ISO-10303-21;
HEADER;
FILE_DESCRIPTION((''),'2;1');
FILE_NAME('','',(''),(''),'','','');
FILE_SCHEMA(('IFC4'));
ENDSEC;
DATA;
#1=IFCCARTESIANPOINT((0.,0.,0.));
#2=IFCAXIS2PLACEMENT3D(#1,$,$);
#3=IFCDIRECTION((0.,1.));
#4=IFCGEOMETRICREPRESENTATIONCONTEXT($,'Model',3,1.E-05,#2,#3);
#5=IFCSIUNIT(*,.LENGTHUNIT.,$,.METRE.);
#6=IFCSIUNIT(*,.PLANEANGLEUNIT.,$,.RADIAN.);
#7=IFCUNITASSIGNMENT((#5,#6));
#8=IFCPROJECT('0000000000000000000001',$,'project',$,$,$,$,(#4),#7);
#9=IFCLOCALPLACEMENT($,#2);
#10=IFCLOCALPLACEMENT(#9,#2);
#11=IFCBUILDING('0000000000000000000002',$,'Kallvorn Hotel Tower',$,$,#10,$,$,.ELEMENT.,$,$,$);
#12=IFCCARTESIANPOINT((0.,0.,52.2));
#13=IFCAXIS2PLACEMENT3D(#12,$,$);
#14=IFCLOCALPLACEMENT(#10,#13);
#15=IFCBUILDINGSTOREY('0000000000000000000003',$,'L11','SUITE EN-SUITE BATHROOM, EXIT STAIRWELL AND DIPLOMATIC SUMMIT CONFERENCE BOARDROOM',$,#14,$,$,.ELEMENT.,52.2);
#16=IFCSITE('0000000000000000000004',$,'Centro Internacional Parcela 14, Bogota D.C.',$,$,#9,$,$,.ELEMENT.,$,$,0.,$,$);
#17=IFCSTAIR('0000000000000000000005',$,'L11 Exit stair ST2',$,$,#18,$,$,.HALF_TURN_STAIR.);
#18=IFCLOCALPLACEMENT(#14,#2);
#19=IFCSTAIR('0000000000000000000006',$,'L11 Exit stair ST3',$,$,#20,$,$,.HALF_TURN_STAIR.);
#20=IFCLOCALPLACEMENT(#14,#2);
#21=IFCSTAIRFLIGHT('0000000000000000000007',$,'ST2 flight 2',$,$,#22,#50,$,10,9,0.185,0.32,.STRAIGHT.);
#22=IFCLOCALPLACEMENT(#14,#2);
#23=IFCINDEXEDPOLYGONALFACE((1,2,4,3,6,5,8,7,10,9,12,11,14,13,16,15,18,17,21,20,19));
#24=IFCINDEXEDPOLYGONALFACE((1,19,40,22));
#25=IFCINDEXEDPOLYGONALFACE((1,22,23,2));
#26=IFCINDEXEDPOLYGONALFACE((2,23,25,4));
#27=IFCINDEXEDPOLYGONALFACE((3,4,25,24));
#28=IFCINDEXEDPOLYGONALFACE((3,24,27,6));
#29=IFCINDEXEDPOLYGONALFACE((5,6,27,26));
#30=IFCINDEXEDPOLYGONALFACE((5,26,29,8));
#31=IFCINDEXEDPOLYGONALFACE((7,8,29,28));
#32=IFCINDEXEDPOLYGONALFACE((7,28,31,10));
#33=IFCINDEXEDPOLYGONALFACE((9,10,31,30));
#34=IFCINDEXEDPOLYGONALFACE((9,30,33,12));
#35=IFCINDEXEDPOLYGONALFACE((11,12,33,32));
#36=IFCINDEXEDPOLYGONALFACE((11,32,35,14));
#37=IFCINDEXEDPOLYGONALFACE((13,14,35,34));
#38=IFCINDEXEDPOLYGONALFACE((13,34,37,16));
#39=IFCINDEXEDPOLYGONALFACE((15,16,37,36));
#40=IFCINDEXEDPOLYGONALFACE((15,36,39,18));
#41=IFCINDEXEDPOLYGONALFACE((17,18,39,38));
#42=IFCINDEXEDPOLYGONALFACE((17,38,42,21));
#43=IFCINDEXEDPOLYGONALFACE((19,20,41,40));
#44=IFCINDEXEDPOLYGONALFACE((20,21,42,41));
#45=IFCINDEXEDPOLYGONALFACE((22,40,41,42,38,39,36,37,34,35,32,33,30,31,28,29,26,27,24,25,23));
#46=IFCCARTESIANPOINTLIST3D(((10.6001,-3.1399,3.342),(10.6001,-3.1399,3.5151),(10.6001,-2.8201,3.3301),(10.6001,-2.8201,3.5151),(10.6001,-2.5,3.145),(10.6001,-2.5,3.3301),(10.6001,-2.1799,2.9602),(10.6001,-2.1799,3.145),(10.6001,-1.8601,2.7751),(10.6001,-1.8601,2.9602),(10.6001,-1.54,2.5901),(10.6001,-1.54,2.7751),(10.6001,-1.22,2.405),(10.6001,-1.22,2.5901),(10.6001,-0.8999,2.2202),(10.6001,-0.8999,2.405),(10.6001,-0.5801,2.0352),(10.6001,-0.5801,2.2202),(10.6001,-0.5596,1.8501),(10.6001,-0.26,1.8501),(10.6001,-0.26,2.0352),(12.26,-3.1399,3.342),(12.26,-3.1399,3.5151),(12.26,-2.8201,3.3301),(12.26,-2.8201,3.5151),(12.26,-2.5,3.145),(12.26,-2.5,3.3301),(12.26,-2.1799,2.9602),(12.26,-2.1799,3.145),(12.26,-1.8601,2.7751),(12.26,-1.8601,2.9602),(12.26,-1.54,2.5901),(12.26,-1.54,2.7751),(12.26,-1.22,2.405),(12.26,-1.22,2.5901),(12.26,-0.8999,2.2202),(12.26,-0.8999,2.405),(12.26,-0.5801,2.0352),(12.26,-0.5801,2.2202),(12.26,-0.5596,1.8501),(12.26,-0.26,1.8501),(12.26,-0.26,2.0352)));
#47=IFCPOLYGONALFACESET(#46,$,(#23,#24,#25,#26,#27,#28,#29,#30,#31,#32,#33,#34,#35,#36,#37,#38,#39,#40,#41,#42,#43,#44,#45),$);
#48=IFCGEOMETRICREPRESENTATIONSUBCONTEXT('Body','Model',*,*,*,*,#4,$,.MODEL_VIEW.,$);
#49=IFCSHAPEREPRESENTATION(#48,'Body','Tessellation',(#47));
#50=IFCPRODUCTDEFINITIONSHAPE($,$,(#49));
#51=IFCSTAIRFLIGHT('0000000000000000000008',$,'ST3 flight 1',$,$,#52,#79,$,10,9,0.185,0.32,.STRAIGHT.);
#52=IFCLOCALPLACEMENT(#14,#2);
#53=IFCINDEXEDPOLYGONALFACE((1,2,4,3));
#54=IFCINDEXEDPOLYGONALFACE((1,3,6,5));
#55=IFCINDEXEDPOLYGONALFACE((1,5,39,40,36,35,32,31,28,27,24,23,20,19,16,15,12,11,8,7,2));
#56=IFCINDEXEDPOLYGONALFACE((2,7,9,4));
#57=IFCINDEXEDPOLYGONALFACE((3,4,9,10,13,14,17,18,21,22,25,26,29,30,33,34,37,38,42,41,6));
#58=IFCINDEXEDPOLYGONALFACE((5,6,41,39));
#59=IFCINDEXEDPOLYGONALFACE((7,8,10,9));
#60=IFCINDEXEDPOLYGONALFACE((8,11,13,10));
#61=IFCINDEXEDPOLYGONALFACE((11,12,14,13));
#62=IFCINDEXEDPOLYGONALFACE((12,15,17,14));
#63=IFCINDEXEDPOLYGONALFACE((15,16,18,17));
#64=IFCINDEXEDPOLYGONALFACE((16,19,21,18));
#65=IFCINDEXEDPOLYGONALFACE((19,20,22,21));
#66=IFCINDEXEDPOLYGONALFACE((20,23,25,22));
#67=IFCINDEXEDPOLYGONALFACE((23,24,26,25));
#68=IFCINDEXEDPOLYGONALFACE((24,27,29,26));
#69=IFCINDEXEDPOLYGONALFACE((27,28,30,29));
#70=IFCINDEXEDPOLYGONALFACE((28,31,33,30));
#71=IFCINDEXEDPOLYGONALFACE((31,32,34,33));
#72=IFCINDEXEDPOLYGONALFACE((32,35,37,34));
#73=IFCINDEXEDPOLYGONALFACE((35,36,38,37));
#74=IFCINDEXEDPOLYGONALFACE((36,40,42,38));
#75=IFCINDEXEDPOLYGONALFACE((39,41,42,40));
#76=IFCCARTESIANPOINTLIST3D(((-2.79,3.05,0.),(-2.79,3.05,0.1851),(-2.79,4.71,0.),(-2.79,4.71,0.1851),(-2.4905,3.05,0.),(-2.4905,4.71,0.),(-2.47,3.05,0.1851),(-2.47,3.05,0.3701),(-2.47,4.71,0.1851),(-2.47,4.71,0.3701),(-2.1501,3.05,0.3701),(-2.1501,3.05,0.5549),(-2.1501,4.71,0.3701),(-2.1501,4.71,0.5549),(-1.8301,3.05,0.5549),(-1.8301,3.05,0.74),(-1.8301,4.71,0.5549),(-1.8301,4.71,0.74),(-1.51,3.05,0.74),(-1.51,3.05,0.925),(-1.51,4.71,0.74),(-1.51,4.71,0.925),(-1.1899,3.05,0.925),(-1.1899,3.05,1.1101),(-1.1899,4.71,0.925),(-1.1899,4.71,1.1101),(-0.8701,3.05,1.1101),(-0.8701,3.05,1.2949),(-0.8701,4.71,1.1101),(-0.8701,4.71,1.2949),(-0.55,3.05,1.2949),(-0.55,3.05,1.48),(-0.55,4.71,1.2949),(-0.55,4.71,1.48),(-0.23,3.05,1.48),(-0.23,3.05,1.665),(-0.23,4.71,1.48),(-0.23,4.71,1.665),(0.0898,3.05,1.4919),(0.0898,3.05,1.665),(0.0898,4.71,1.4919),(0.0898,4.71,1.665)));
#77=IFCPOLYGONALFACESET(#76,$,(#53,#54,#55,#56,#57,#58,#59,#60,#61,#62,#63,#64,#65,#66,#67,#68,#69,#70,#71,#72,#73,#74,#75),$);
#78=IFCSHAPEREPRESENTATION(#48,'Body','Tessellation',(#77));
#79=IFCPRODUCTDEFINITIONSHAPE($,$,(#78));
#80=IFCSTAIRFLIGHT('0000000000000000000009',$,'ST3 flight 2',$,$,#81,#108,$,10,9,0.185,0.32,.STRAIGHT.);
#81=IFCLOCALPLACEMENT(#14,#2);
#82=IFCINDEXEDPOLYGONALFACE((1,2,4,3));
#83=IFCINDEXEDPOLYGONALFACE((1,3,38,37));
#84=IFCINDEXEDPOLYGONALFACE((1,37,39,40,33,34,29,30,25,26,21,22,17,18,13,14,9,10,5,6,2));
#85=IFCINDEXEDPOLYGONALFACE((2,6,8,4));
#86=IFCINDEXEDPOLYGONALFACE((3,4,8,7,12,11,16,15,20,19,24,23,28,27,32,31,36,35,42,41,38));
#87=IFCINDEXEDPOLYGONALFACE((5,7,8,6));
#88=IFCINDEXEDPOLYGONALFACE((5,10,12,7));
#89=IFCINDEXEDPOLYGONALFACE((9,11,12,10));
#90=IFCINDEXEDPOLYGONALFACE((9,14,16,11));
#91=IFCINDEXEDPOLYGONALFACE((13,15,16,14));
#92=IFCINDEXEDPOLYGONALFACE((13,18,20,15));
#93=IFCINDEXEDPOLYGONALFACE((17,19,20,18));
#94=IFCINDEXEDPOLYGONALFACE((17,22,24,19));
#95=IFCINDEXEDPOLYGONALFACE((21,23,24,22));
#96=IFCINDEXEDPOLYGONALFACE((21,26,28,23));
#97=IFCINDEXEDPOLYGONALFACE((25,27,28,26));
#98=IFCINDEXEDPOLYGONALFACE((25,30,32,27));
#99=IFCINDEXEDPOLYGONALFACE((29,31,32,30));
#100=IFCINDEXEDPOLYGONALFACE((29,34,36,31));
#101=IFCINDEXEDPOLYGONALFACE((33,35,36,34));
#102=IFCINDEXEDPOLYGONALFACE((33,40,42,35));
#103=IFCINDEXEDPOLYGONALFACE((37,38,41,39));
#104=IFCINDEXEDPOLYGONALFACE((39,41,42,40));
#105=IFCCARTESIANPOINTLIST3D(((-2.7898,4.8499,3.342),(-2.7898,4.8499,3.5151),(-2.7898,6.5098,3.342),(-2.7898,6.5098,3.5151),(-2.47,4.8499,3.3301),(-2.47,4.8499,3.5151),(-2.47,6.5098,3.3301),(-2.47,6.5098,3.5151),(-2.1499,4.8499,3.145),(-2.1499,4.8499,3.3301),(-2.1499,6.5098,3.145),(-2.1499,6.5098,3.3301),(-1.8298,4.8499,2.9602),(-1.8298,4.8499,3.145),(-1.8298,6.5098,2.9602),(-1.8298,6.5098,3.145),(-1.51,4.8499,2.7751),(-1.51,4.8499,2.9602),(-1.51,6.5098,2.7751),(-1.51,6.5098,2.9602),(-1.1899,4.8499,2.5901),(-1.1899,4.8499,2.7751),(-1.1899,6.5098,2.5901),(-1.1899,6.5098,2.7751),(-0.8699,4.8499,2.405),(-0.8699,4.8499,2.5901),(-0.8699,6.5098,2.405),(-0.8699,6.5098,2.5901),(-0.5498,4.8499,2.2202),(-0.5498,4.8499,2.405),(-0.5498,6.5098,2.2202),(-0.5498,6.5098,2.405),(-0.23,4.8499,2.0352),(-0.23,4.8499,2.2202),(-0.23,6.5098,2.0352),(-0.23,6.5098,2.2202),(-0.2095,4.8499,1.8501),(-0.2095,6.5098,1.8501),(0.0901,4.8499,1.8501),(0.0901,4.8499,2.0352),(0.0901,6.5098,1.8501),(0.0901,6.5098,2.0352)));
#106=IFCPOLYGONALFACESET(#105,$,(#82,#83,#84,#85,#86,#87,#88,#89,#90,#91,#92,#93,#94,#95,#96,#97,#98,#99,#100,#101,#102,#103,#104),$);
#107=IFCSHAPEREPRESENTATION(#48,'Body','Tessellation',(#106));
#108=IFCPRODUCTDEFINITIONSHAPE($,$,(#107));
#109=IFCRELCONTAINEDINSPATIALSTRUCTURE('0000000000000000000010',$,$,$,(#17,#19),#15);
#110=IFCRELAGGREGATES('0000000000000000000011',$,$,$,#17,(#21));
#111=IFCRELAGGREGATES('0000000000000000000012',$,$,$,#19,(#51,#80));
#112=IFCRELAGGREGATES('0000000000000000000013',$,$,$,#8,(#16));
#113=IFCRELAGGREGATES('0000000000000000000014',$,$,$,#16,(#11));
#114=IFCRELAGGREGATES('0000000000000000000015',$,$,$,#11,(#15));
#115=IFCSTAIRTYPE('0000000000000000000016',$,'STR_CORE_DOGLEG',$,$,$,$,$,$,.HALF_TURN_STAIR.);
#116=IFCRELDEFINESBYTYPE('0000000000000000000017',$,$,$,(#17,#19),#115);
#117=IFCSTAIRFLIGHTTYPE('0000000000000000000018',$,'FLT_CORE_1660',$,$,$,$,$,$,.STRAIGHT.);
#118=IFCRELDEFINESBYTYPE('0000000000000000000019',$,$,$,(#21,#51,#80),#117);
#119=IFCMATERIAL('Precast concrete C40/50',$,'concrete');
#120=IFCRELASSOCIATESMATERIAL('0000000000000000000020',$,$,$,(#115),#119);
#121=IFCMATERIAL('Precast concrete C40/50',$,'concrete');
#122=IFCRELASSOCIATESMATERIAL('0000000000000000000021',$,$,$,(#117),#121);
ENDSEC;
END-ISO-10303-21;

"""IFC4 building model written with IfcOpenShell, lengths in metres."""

from ifc_helpers import new_model, si_unit, direction, frame, origin, place, context, subcontext, project, spatial, polyline, outline, extrude, material, type_object, element, aggregate, save


model = new_model("IFC4")

# Units and contexts
model_context = context("Model", 3, precision=1e-05, world=origin(), true_north=direction((0.0, 1.0)))
body_context = subcontext(model_context, "Body", "Model", "MODEL_VIEW")
ifc_project = project(units=[si_unit("LENGTHUNIT", "METRE"), si_unit("PLANEANGLEUNIT", "RADIAN")], contexts=[model_context])

# Site, building, storey
site_placement = place(None, origin())
site = spatial("IfcSite", under=ifc_project, at=site_placement, Name="Centro Internacional Parcela 14, Bogota D.C.", CompositionType="ELEMENT", RefElevation=0.0)
building_placement = place(site_placement, origin())
building = spatial("IfcBuilding", under=site, at=building_placement, Name="Kallvorn Hotel Tower", CompositionType="ELEMENT")
storey_placement = place(building_placement, frame((0.0, 0.0, 52.2)))
storey = spatial("IfcBuildingStorey", under=building, at=storey_placement, Name="L11", Description="SUITE EN-SUITE BATHROOM, EXIT STAIRWELL AND DIPLOMATIC SUMMIT CONFERENCE BOARDROOM", CompositionType="ELEMENT", Elevation=52.2)

# Stairs
ifc_material_1 = material(Name="Precast concrete C40/50", Category="concrete")
stair_type = type_object("IfcStairType", Name="STR_CORE_DOGLEG", PredefinedType="HALF_TURN_STAIR", material=ifc_material_1)
stair_1_placement = place(storey_placement, origin())
stair_1 = element("IfcStair", 1, at=stair_1_placement, inside=storey, type_object=stair_type, Name="L11 Exit stair ST2", PredefinedType="HALF_TURN_STAIR")
stair_2_placement = place(storey_placement, origin())
stair_2 = element("IfcStair", 2, at=stair_2_placement, inside=storey, type_object=stair_type, Name="L11 Exit stair ST3", PredefinedType="HALF_TURN_STAIR")

# Stair flights
ifc_material_2 = material(Name="Precast concrete C40/50", Category="concrete")
stair_flight_type = type_object("IfcStairFlightType", Name="FLT_CORE_1660", PredefinedType="STRAIGHT", material=ifc_material_2)
stair_flight_1_placement = place(storey_placement, frame((11.4299, -0.26, 1.8501), z_axis=(0.0, 0.0, 1.0), x_axis=(0.0, -1.0, 0.0)))
stair_flight_1 = element("IfcStairFlight", 3, at=stair_flight_1_placement, type_object=stair_flight_type, Name="ST2 flight 2", NumberOfRisers=10, NumberOfTreads=9, PredefinedType="STRAIGHT", RiserHeight=0.185, TreadLength=0.32, context=body_context, shape_type="SweptSolid", body=[
    extrude(outline(polyline([(0.0, 0.0), (0.0, 0.1851), (0.3201, 0.1851), (0.3201, 0.3701), (0.6399, 0.3701), (0.6399, 0.5549), (0.96, 0.5549), (0.96, 0.74), (1.28, 0.74), (1.28, 0.925), (1.6001, 0.925), (1.6001, 1.1101), (1.9199, 1.1101), (1.9199, 1.2949), (2.24, 1.2949), (2.24, 1.48), (2.5601, 1.48), (2.5601, 1.665), (2.8799, 1.665), (2.8799, 1.8501), (2.8799, 1.4919), (0.2996, 0.0), (0.0, 0.0)])), frame((0.0, 0.8301, 0.0), z_axis=(0.0, -1.0, 0.0), x_axis=(1.0, 0.0, 0.0)), (0.0, 0.0, 1.0), 1.6599),
])
aggregate(stair_1, [stair_flight_1])
stair_flight_2_placement = place(storey_placement, frame((-2.79, 3.8799, 0.0), z_axis=(0.0, 0.0, 1.0), x_axis=(1.0, 0.0, 0.0)))
stair_flight_2 = element("IfcStairFlight", 4, at=stair_flight_2_placement, type_object=stair_flight_type, Name="ST3 flight 1", NumberOfRisers=10, NumberOfTreads=9, PredefinedType="STRAIGHT", RiserHeight=0.185, TreadLength=0.32, context=body_context, shape_type="SweptSolid", body=[
    extrude(outline(polyline([(0.0, 0.0), (0.0, 0.1851), (0.3201, 0.1851), (0.3201, 0.3701), (0.6399, 0.3701), (0.6399, 0.5549), (0.96, 0.5549), (0.96, 0.74), (1.28, 0.74), (1.28, 0.925), (1.6001, 0.925), (1.6001, 1.1101), (1.9199, 1.1101), (1.9199, 1.2949), (2.24, 1.2949), (2.24, 1.48), (2.5601, 1.48), (2.5601, 1.665), (2.8799, 1.665), (2.8799, 1.8501), (2.8799, 1.4919), (0.2996, 0.0), (0.0, 0.0)])), frame((0.0, 0.8301, 0.0), z_axis=(0.0, -1.0, 0.0), x_axis=(1.0, 0.0, 0.0)), (0.0, 0.0, 1.0), 1.6599),
])
stair_flight_3_placement = place(storey_placement, frame((0.0901, 5.6799, 1.8501), z_axis=(0.0, 0.0, 1.0), x_axis=(-1.0, 0.0, 0.0)))
stair_flight_3 = element("IfcStairFlight", 5, at=stair_flight_3_placement, type_object=stair_flight_type, Name="ST3 flight 2", NumberOfRisers=10, NumberOfTreads=9, PredefinedType="STRAIGHT", RiserHeight=0.185, TreadLength=0.32, context=body_context, shape_type="SweptSolid", body=[
    extrude(outline(polyline([(0.0, 0.0), (0.0, 0.1851), (0.3201, 0.1851), (0.3201, 0.3701), (0.6399, 0.3701), (0.6399, 0.5549), (0.96, 0.5549), (0.96, 0.74), (1.28, 0.74), (1.28, 0.925), (1.6001, 0.925), (1.6001, 1.1101), (1.9199, 1.1101), (1.9199, 1.2949), (2.24, 1.2949), (2.24, 1.48), (2.5601, 1.48), (2.5601, 1.665), (2.8799, 1.665), (2.8799, 1.8501), (2.8799, 1.4919), (0.2996, 0.0), (0.0, 0.0)])), frame((0.0, 0.8301, 0.0), z_axis=(0.0, -1.0, 0.0), x_axis=(1.0, 0.0, 0.0)), (0.0, 0.0, 1.0), 1.6599),
])
aggregate(stair_2, [stair_flight_2, stair_flight_3])

save(model, "model.ifc")
